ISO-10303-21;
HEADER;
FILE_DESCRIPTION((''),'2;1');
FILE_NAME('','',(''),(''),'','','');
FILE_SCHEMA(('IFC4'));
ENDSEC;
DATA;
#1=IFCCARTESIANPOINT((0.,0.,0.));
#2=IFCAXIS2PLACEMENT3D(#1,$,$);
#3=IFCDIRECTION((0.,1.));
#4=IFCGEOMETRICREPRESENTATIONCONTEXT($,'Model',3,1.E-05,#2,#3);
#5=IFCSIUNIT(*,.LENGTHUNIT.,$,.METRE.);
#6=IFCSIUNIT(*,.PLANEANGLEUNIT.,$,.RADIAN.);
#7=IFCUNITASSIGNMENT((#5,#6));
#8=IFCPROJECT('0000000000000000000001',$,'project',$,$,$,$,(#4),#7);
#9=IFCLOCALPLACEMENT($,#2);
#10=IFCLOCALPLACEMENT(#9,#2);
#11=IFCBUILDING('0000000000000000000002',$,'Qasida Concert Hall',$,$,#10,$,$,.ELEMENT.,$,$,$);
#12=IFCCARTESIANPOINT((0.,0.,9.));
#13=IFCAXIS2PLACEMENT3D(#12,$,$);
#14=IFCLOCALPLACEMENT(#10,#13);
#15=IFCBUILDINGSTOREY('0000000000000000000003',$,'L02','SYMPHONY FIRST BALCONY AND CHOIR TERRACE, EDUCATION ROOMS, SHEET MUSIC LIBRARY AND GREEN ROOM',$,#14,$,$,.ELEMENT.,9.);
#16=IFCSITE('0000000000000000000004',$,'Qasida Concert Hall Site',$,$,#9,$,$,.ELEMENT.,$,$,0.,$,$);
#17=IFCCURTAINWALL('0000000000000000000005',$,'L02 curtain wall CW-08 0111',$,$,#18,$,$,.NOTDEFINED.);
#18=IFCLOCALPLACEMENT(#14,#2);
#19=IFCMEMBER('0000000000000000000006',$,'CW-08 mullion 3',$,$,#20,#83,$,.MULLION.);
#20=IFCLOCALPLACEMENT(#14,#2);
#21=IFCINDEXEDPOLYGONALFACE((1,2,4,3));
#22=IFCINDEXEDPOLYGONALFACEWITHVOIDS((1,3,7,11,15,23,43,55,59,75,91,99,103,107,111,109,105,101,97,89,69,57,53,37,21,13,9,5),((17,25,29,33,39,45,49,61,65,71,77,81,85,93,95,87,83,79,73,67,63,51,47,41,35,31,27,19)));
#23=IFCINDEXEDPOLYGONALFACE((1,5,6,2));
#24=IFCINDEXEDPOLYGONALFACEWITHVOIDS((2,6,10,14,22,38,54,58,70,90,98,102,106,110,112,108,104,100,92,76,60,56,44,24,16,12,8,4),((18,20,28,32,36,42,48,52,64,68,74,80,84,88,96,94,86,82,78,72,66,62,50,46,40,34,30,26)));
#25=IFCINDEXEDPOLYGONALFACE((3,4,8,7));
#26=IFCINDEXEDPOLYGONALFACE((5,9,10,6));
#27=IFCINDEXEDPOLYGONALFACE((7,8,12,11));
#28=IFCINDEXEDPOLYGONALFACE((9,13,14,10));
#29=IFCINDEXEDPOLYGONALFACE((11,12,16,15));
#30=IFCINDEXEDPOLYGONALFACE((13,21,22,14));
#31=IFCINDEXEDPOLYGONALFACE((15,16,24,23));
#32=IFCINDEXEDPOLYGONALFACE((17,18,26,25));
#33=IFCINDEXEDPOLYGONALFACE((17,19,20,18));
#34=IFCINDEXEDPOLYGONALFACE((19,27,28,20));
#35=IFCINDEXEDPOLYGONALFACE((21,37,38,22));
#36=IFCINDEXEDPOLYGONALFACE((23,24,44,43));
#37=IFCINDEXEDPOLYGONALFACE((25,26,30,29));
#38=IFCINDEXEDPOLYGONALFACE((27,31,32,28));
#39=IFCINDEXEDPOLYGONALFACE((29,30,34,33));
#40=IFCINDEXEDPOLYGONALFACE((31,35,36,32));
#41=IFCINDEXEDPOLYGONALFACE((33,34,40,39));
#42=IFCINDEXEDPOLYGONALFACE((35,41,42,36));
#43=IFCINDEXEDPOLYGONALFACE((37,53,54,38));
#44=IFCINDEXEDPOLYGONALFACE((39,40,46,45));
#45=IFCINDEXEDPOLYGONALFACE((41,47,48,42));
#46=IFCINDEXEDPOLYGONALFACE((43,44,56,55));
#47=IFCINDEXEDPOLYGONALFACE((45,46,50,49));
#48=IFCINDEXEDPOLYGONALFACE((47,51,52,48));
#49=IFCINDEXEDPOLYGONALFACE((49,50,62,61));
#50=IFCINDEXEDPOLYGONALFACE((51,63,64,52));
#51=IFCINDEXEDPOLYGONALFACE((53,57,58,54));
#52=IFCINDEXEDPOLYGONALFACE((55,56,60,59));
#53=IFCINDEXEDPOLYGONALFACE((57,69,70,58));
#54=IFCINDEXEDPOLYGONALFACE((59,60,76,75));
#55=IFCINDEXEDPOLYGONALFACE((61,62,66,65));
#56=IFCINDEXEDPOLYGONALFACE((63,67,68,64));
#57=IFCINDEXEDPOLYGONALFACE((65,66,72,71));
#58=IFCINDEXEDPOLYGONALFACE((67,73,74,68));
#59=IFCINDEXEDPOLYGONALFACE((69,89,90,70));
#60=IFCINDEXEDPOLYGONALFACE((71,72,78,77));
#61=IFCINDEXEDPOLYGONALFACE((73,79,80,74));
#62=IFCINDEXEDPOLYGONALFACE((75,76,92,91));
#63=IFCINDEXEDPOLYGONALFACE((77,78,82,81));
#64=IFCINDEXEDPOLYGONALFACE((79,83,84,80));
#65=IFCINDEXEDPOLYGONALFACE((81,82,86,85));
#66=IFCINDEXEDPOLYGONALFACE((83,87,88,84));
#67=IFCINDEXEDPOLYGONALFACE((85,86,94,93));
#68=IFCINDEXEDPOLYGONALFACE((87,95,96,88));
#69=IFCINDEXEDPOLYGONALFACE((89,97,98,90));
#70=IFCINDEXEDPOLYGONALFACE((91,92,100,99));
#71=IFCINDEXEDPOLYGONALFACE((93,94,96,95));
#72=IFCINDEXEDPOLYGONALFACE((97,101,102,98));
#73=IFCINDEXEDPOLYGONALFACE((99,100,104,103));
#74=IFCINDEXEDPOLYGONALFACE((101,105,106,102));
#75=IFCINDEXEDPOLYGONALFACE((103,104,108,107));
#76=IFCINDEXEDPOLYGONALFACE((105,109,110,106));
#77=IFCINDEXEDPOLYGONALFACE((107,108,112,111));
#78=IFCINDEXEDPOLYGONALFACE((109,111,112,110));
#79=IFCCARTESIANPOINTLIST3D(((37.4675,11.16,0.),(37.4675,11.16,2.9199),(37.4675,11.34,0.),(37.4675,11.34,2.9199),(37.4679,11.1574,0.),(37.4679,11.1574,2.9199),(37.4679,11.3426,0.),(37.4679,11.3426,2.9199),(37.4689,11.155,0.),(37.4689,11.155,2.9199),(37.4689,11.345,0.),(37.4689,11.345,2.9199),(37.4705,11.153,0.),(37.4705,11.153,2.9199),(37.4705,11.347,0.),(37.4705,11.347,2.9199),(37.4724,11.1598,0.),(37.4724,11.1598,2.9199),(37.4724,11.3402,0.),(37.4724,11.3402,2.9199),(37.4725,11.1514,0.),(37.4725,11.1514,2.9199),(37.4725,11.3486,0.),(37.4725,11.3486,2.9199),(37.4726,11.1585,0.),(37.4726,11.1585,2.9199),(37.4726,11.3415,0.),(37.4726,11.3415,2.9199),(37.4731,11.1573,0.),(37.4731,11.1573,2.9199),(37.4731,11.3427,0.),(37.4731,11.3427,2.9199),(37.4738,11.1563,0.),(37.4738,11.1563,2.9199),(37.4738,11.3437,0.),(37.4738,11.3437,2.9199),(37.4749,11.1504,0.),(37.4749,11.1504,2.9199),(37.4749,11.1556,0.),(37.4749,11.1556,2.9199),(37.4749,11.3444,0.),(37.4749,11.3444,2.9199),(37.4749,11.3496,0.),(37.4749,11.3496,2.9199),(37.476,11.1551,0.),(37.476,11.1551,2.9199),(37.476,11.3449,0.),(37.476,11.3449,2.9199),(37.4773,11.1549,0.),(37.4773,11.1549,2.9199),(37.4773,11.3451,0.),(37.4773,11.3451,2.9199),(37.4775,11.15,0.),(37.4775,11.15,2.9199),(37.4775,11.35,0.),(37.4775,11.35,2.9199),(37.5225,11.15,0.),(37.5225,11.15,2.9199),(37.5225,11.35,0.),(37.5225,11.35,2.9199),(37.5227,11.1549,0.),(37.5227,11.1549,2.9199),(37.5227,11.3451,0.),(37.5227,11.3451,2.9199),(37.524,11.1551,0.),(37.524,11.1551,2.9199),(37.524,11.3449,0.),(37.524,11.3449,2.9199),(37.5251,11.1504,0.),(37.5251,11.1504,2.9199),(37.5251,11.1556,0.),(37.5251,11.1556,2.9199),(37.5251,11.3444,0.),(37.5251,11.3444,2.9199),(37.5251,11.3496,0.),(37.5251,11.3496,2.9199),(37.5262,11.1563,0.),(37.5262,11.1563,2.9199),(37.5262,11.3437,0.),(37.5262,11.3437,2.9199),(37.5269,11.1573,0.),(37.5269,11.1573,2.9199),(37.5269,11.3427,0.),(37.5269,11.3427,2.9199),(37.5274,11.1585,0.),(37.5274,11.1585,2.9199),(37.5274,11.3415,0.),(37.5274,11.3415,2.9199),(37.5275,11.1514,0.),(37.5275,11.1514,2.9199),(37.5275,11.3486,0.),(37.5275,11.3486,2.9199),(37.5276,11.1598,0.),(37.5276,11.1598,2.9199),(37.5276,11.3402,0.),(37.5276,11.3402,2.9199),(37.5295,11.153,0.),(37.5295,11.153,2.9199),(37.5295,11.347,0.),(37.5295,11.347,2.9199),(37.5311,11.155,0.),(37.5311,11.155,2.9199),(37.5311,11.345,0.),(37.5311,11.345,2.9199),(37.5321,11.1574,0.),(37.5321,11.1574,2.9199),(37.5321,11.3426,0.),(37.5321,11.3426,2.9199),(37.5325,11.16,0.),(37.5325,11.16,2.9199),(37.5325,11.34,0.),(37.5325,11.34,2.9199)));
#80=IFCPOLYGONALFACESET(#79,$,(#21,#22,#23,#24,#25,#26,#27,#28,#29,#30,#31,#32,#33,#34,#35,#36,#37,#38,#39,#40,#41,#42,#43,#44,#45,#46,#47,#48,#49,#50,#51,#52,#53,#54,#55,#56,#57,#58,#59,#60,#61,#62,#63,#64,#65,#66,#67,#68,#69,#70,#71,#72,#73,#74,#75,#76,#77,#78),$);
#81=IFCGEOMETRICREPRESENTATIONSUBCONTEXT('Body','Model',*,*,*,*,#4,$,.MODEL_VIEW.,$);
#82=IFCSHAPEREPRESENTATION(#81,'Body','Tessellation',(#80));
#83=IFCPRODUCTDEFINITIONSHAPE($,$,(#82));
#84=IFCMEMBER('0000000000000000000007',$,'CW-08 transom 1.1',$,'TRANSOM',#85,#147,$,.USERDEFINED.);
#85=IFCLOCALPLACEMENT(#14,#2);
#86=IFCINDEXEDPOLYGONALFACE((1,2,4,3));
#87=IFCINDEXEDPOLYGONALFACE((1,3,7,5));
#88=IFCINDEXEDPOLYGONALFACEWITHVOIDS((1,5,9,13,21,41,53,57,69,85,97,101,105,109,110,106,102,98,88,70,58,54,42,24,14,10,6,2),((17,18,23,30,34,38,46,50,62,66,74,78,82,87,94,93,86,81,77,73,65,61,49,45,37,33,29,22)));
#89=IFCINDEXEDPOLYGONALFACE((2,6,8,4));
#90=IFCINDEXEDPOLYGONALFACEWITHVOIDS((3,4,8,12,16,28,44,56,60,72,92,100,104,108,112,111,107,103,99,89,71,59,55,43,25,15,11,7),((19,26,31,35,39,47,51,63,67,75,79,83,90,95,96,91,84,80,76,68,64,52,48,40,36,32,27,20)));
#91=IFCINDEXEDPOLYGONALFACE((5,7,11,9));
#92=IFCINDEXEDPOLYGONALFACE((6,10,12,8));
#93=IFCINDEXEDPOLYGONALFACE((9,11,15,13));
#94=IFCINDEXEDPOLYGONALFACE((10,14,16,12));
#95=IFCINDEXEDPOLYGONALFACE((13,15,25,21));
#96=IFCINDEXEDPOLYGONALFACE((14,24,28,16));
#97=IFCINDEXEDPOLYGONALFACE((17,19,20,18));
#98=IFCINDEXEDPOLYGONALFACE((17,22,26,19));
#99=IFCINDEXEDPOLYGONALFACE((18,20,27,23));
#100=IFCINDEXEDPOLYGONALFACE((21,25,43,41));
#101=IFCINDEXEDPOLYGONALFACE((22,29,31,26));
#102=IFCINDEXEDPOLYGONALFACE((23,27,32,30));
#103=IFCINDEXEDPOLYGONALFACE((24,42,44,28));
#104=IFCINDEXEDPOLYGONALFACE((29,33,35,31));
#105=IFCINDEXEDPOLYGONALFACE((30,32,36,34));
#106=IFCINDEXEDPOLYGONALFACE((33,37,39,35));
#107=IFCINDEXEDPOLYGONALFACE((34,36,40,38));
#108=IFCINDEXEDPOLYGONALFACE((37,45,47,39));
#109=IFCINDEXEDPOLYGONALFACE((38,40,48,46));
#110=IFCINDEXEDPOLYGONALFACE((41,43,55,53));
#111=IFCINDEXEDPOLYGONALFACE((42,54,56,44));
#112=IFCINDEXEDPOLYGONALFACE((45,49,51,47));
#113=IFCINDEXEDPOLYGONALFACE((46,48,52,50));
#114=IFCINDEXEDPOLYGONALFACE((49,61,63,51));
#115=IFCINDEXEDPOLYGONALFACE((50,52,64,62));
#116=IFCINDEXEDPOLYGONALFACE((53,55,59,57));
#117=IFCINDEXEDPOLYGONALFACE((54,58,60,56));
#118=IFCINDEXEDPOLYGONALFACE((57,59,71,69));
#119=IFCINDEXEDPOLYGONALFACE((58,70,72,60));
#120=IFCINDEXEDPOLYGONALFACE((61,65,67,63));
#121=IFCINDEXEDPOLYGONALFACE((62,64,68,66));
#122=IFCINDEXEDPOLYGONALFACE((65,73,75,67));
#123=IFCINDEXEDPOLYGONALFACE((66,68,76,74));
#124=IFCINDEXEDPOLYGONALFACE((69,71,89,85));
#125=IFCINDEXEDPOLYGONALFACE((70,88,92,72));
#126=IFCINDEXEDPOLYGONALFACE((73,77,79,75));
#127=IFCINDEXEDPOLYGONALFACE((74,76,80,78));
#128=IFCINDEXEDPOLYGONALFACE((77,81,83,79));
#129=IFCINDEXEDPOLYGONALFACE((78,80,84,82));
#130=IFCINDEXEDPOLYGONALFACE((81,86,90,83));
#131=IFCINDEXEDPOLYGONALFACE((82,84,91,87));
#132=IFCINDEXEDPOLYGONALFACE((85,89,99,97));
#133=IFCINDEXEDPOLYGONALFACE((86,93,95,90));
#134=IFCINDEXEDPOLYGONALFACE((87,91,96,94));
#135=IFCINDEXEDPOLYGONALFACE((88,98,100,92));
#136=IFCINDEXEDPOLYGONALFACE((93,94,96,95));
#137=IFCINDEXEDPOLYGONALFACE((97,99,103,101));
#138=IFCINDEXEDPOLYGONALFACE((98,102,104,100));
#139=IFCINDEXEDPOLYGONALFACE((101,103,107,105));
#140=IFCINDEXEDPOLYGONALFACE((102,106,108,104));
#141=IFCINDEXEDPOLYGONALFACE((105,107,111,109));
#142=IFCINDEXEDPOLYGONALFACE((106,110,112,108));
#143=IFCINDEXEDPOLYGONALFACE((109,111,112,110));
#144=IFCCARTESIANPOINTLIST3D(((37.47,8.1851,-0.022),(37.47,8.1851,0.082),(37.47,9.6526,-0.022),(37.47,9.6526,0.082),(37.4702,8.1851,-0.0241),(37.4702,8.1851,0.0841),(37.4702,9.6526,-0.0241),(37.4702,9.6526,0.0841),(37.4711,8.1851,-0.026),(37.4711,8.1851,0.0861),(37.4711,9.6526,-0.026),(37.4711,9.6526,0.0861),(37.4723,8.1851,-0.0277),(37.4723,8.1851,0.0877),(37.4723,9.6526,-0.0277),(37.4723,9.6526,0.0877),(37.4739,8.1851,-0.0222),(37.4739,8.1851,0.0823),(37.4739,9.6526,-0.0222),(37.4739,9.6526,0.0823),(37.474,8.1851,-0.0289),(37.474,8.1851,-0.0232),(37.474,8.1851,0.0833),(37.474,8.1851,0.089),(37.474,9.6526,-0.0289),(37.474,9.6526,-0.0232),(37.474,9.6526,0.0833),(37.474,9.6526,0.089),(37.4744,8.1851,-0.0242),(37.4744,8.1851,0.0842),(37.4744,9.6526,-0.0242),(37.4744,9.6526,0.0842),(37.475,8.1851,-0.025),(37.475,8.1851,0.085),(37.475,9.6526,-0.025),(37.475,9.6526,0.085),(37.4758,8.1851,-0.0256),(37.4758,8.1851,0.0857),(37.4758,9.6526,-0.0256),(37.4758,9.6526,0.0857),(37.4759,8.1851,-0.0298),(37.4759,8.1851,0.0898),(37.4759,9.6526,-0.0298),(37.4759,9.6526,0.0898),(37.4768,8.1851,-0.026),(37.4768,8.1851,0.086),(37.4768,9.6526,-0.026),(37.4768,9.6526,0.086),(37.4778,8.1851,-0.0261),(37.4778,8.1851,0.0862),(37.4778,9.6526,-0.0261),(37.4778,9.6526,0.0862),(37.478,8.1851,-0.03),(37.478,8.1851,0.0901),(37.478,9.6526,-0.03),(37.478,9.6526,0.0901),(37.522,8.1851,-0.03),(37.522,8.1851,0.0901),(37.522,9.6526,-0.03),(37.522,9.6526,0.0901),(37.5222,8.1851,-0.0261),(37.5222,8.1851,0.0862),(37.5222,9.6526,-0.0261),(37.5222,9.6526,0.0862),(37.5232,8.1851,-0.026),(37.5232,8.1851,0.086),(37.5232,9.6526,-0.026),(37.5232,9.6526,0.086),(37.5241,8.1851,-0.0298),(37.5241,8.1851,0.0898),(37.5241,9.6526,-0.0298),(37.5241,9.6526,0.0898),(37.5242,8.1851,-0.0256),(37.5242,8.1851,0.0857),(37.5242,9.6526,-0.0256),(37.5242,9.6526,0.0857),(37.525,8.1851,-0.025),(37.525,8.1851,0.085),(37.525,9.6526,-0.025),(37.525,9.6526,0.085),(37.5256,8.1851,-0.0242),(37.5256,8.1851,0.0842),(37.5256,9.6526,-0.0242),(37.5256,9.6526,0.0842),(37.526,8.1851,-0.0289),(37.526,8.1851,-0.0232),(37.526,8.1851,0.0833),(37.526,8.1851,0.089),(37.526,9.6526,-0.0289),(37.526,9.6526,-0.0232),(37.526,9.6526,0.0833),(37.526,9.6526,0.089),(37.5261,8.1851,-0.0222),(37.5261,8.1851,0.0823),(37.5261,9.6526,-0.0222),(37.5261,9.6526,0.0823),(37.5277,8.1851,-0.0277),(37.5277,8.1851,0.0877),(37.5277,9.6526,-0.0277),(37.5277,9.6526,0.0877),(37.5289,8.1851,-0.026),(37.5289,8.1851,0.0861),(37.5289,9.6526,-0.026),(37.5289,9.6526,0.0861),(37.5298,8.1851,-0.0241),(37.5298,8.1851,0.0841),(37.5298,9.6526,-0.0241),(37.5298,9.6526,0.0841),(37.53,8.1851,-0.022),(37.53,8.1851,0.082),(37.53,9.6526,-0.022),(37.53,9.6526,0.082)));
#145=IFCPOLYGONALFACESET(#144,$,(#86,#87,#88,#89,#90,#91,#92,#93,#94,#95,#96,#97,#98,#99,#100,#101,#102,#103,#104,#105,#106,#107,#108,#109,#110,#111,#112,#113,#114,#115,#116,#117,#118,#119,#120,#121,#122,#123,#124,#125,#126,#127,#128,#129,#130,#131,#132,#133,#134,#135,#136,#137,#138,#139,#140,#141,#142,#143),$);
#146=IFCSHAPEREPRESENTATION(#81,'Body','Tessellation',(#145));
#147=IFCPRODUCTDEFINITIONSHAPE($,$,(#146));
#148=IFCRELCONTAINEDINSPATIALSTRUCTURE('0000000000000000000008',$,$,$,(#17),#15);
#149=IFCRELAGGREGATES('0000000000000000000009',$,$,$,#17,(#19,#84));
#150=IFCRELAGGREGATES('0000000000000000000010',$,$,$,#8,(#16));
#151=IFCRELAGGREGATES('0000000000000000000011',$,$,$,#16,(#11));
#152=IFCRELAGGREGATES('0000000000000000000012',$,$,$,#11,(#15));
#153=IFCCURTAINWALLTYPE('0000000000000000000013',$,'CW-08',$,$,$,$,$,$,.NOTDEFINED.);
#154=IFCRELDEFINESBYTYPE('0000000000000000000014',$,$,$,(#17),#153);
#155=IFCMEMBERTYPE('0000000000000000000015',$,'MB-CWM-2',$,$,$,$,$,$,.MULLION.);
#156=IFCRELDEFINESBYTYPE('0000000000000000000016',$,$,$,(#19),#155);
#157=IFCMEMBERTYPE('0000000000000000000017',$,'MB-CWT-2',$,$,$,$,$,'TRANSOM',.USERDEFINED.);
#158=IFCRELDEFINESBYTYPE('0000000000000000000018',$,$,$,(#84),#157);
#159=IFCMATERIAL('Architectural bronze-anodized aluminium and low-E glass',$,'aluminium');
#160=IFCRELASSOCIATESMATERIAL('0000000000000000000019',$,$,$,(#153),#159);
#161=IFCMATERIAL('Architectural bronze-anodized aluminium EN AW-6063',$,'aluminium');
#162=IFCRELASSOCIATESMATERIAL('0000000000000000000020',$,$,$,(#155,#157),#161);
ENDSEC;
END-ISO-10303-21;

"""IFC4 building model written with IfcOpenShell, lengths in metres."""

from ifc_helpers import new_model, si_unit, direction, frame, origin, origin_2d, place, context, subcontext, project, spatial, hollow_rectangle, extrude, material, material_profile, profile_set, type_object, element, aggregate, save


model = new_model("IFC4")

# Units and contexts
model_context = context("Model", 3, precision=1e-05, world=origin(), true_north=direction((0.0, 1.0)))
body_context = subcontext(model_context, "Body", "Model", "MODEL_VIEW")
ifc_project = project(units=[si_unit("LENGTHUNIT", "METRE"), si_unit("PLANEANGLEUNIT", "RADIAN")], contexts=[model_context])

# Site, building, storey
site_placement = place(None, origin())
site = spatial("IfcSite", under=ifc_project, at=site_placement, Name="Qasida Concert Hall Site", CompositionType="ELEMENT", RefElevation=0.0)
building_placement = place(site_placement, origin())
building = spatial("IfcBuilding", under=site, at=building_placement, Name="Qasida Concert Hall", CompositionType="ELEMENT")
storey_placement = place(building_placement, frame((0.0, 0.0, 9.0)))
storey = spatial("IfcBuildingStorey", under=building, at=storey_placement, Name="L02", Description="SYMPHONY FIRST BALCONY AND CHOIR TERRACE, EDUCATION ROOMS, SHEET MUSIC LIBRARY AND GREEN ROOM", CompositionType="ELEMENT", Elevation=9.0)

# Curtain wall, members
ifc_material_1 = material(Name="Architectural bronze-anodized aluminium and low-E glass", Category="aluminium")
curtain_wall_type = type_object("IfcCurtainWallType", Name="CW-08", PredefinedType="NOTDEFINED", material=ifc_material_1)
curtain_wall_placement = place(storey_placement, origin())
curtain_wall = element("IfcCurtainWall", 1, at=curtain_wall_placement, inside=storey, type_object=curtain_wall_type, Name="L02 curtain wall CW-08 0111", PredefinedType="NOTDEFINED")
ifc_material_2 = material(Name="Architectural bronze-anodized aluminium EN AW-6063", Category="aluminium")
ifc_material_profile_1 = material_profile(ifc_material_2, hollow_rectangle(XDim=0.0649, YDim=0.2, WallThickness=0.0049, InnerFilletRadius=0.0049, OuterFilletRadius=0.01, at=origin_2d()), Name="CWM 200x65x5")
ifc_profile_set_1 = profile_set([ifc_material_profile_1], Name="Architectural bronze-anodized aluminium EN AW-6063")
member_type_1 = type_object("IfcMemberType", Name="MB-CWM-2", PredefinedType="MULLION", material=ifc_profile_set_1)
member_1_placement = place(storey_placement, frame((37.5, 11.25, 0.0), z_axis=(0.0, 0.0, 1.0), x_axis=(-1.0, 0.0, 0.0)))
member_1 = element("IfcMember", 2, at=member_1_placement, type_object=member_type_1, Name="CW-08 mullion 3", PredefinedType="MULLION", context=body_context, shape_type="SweptSolid", body=[
    extrude(hollow_rectangle(XDim=0.0649, YDim=0.2, WallThickness=0.0049, InnerFilletRadius=0.0049, OuterFilletRadius=0.01, at=origin_2d()), origin(), (0.0, 0.0, 1.0), 2.9199),
])
ifc_material_profile_2 = material_profile(ifc_material_2, hollow_rectangle(XDim=0.0601, YDim=0.1201, WallThickness=0.0039, InnerFilletRadius=0.0039, OuterFilletRadius=0.0081, at=origin_2d()), Name="CWT 120x60x4")
ifc_profile_set_2 = profile_set([ifc_material_profile_2], Name="Architectural bronze-anodized aluminium EN AW-6063")
member_type_2 = type_object("IfcMemberType", Name="MB-CWT-2", ElementType="TRANSOM", PredefinedType="USERDEFINED", material=ifc_profile_set_2)
member_2_placement = place(storey_placement, frame((37.5, 8.1851, 0.03), z_axis=(0.0, 1.0, 0.0), x_axis=(-1.0, 0.0, 0.0)))
member_2 = element("IfcMember", 3, at=member_2_placement, type_object=member_type_2, Name="CW-08 transom 1.1", ObjectType="TRANSOM", PredefinedType="USERDEFINED", context=body_context, shape_type="SweptSolid", body=[
    extrude(hollow_rectangle(XDim=0.0601, YDim=0.1201, WallThickness=0.0039, InnerFilletRadius=0.0039, OuterFilletRadius=0.0081, at=origin_2d()), origin(), (0.0, 0.0, 1.0), 1.4675),
])
aggregate(curtain_wall, [member_1, member_2])

save(model, "model.ifc")
